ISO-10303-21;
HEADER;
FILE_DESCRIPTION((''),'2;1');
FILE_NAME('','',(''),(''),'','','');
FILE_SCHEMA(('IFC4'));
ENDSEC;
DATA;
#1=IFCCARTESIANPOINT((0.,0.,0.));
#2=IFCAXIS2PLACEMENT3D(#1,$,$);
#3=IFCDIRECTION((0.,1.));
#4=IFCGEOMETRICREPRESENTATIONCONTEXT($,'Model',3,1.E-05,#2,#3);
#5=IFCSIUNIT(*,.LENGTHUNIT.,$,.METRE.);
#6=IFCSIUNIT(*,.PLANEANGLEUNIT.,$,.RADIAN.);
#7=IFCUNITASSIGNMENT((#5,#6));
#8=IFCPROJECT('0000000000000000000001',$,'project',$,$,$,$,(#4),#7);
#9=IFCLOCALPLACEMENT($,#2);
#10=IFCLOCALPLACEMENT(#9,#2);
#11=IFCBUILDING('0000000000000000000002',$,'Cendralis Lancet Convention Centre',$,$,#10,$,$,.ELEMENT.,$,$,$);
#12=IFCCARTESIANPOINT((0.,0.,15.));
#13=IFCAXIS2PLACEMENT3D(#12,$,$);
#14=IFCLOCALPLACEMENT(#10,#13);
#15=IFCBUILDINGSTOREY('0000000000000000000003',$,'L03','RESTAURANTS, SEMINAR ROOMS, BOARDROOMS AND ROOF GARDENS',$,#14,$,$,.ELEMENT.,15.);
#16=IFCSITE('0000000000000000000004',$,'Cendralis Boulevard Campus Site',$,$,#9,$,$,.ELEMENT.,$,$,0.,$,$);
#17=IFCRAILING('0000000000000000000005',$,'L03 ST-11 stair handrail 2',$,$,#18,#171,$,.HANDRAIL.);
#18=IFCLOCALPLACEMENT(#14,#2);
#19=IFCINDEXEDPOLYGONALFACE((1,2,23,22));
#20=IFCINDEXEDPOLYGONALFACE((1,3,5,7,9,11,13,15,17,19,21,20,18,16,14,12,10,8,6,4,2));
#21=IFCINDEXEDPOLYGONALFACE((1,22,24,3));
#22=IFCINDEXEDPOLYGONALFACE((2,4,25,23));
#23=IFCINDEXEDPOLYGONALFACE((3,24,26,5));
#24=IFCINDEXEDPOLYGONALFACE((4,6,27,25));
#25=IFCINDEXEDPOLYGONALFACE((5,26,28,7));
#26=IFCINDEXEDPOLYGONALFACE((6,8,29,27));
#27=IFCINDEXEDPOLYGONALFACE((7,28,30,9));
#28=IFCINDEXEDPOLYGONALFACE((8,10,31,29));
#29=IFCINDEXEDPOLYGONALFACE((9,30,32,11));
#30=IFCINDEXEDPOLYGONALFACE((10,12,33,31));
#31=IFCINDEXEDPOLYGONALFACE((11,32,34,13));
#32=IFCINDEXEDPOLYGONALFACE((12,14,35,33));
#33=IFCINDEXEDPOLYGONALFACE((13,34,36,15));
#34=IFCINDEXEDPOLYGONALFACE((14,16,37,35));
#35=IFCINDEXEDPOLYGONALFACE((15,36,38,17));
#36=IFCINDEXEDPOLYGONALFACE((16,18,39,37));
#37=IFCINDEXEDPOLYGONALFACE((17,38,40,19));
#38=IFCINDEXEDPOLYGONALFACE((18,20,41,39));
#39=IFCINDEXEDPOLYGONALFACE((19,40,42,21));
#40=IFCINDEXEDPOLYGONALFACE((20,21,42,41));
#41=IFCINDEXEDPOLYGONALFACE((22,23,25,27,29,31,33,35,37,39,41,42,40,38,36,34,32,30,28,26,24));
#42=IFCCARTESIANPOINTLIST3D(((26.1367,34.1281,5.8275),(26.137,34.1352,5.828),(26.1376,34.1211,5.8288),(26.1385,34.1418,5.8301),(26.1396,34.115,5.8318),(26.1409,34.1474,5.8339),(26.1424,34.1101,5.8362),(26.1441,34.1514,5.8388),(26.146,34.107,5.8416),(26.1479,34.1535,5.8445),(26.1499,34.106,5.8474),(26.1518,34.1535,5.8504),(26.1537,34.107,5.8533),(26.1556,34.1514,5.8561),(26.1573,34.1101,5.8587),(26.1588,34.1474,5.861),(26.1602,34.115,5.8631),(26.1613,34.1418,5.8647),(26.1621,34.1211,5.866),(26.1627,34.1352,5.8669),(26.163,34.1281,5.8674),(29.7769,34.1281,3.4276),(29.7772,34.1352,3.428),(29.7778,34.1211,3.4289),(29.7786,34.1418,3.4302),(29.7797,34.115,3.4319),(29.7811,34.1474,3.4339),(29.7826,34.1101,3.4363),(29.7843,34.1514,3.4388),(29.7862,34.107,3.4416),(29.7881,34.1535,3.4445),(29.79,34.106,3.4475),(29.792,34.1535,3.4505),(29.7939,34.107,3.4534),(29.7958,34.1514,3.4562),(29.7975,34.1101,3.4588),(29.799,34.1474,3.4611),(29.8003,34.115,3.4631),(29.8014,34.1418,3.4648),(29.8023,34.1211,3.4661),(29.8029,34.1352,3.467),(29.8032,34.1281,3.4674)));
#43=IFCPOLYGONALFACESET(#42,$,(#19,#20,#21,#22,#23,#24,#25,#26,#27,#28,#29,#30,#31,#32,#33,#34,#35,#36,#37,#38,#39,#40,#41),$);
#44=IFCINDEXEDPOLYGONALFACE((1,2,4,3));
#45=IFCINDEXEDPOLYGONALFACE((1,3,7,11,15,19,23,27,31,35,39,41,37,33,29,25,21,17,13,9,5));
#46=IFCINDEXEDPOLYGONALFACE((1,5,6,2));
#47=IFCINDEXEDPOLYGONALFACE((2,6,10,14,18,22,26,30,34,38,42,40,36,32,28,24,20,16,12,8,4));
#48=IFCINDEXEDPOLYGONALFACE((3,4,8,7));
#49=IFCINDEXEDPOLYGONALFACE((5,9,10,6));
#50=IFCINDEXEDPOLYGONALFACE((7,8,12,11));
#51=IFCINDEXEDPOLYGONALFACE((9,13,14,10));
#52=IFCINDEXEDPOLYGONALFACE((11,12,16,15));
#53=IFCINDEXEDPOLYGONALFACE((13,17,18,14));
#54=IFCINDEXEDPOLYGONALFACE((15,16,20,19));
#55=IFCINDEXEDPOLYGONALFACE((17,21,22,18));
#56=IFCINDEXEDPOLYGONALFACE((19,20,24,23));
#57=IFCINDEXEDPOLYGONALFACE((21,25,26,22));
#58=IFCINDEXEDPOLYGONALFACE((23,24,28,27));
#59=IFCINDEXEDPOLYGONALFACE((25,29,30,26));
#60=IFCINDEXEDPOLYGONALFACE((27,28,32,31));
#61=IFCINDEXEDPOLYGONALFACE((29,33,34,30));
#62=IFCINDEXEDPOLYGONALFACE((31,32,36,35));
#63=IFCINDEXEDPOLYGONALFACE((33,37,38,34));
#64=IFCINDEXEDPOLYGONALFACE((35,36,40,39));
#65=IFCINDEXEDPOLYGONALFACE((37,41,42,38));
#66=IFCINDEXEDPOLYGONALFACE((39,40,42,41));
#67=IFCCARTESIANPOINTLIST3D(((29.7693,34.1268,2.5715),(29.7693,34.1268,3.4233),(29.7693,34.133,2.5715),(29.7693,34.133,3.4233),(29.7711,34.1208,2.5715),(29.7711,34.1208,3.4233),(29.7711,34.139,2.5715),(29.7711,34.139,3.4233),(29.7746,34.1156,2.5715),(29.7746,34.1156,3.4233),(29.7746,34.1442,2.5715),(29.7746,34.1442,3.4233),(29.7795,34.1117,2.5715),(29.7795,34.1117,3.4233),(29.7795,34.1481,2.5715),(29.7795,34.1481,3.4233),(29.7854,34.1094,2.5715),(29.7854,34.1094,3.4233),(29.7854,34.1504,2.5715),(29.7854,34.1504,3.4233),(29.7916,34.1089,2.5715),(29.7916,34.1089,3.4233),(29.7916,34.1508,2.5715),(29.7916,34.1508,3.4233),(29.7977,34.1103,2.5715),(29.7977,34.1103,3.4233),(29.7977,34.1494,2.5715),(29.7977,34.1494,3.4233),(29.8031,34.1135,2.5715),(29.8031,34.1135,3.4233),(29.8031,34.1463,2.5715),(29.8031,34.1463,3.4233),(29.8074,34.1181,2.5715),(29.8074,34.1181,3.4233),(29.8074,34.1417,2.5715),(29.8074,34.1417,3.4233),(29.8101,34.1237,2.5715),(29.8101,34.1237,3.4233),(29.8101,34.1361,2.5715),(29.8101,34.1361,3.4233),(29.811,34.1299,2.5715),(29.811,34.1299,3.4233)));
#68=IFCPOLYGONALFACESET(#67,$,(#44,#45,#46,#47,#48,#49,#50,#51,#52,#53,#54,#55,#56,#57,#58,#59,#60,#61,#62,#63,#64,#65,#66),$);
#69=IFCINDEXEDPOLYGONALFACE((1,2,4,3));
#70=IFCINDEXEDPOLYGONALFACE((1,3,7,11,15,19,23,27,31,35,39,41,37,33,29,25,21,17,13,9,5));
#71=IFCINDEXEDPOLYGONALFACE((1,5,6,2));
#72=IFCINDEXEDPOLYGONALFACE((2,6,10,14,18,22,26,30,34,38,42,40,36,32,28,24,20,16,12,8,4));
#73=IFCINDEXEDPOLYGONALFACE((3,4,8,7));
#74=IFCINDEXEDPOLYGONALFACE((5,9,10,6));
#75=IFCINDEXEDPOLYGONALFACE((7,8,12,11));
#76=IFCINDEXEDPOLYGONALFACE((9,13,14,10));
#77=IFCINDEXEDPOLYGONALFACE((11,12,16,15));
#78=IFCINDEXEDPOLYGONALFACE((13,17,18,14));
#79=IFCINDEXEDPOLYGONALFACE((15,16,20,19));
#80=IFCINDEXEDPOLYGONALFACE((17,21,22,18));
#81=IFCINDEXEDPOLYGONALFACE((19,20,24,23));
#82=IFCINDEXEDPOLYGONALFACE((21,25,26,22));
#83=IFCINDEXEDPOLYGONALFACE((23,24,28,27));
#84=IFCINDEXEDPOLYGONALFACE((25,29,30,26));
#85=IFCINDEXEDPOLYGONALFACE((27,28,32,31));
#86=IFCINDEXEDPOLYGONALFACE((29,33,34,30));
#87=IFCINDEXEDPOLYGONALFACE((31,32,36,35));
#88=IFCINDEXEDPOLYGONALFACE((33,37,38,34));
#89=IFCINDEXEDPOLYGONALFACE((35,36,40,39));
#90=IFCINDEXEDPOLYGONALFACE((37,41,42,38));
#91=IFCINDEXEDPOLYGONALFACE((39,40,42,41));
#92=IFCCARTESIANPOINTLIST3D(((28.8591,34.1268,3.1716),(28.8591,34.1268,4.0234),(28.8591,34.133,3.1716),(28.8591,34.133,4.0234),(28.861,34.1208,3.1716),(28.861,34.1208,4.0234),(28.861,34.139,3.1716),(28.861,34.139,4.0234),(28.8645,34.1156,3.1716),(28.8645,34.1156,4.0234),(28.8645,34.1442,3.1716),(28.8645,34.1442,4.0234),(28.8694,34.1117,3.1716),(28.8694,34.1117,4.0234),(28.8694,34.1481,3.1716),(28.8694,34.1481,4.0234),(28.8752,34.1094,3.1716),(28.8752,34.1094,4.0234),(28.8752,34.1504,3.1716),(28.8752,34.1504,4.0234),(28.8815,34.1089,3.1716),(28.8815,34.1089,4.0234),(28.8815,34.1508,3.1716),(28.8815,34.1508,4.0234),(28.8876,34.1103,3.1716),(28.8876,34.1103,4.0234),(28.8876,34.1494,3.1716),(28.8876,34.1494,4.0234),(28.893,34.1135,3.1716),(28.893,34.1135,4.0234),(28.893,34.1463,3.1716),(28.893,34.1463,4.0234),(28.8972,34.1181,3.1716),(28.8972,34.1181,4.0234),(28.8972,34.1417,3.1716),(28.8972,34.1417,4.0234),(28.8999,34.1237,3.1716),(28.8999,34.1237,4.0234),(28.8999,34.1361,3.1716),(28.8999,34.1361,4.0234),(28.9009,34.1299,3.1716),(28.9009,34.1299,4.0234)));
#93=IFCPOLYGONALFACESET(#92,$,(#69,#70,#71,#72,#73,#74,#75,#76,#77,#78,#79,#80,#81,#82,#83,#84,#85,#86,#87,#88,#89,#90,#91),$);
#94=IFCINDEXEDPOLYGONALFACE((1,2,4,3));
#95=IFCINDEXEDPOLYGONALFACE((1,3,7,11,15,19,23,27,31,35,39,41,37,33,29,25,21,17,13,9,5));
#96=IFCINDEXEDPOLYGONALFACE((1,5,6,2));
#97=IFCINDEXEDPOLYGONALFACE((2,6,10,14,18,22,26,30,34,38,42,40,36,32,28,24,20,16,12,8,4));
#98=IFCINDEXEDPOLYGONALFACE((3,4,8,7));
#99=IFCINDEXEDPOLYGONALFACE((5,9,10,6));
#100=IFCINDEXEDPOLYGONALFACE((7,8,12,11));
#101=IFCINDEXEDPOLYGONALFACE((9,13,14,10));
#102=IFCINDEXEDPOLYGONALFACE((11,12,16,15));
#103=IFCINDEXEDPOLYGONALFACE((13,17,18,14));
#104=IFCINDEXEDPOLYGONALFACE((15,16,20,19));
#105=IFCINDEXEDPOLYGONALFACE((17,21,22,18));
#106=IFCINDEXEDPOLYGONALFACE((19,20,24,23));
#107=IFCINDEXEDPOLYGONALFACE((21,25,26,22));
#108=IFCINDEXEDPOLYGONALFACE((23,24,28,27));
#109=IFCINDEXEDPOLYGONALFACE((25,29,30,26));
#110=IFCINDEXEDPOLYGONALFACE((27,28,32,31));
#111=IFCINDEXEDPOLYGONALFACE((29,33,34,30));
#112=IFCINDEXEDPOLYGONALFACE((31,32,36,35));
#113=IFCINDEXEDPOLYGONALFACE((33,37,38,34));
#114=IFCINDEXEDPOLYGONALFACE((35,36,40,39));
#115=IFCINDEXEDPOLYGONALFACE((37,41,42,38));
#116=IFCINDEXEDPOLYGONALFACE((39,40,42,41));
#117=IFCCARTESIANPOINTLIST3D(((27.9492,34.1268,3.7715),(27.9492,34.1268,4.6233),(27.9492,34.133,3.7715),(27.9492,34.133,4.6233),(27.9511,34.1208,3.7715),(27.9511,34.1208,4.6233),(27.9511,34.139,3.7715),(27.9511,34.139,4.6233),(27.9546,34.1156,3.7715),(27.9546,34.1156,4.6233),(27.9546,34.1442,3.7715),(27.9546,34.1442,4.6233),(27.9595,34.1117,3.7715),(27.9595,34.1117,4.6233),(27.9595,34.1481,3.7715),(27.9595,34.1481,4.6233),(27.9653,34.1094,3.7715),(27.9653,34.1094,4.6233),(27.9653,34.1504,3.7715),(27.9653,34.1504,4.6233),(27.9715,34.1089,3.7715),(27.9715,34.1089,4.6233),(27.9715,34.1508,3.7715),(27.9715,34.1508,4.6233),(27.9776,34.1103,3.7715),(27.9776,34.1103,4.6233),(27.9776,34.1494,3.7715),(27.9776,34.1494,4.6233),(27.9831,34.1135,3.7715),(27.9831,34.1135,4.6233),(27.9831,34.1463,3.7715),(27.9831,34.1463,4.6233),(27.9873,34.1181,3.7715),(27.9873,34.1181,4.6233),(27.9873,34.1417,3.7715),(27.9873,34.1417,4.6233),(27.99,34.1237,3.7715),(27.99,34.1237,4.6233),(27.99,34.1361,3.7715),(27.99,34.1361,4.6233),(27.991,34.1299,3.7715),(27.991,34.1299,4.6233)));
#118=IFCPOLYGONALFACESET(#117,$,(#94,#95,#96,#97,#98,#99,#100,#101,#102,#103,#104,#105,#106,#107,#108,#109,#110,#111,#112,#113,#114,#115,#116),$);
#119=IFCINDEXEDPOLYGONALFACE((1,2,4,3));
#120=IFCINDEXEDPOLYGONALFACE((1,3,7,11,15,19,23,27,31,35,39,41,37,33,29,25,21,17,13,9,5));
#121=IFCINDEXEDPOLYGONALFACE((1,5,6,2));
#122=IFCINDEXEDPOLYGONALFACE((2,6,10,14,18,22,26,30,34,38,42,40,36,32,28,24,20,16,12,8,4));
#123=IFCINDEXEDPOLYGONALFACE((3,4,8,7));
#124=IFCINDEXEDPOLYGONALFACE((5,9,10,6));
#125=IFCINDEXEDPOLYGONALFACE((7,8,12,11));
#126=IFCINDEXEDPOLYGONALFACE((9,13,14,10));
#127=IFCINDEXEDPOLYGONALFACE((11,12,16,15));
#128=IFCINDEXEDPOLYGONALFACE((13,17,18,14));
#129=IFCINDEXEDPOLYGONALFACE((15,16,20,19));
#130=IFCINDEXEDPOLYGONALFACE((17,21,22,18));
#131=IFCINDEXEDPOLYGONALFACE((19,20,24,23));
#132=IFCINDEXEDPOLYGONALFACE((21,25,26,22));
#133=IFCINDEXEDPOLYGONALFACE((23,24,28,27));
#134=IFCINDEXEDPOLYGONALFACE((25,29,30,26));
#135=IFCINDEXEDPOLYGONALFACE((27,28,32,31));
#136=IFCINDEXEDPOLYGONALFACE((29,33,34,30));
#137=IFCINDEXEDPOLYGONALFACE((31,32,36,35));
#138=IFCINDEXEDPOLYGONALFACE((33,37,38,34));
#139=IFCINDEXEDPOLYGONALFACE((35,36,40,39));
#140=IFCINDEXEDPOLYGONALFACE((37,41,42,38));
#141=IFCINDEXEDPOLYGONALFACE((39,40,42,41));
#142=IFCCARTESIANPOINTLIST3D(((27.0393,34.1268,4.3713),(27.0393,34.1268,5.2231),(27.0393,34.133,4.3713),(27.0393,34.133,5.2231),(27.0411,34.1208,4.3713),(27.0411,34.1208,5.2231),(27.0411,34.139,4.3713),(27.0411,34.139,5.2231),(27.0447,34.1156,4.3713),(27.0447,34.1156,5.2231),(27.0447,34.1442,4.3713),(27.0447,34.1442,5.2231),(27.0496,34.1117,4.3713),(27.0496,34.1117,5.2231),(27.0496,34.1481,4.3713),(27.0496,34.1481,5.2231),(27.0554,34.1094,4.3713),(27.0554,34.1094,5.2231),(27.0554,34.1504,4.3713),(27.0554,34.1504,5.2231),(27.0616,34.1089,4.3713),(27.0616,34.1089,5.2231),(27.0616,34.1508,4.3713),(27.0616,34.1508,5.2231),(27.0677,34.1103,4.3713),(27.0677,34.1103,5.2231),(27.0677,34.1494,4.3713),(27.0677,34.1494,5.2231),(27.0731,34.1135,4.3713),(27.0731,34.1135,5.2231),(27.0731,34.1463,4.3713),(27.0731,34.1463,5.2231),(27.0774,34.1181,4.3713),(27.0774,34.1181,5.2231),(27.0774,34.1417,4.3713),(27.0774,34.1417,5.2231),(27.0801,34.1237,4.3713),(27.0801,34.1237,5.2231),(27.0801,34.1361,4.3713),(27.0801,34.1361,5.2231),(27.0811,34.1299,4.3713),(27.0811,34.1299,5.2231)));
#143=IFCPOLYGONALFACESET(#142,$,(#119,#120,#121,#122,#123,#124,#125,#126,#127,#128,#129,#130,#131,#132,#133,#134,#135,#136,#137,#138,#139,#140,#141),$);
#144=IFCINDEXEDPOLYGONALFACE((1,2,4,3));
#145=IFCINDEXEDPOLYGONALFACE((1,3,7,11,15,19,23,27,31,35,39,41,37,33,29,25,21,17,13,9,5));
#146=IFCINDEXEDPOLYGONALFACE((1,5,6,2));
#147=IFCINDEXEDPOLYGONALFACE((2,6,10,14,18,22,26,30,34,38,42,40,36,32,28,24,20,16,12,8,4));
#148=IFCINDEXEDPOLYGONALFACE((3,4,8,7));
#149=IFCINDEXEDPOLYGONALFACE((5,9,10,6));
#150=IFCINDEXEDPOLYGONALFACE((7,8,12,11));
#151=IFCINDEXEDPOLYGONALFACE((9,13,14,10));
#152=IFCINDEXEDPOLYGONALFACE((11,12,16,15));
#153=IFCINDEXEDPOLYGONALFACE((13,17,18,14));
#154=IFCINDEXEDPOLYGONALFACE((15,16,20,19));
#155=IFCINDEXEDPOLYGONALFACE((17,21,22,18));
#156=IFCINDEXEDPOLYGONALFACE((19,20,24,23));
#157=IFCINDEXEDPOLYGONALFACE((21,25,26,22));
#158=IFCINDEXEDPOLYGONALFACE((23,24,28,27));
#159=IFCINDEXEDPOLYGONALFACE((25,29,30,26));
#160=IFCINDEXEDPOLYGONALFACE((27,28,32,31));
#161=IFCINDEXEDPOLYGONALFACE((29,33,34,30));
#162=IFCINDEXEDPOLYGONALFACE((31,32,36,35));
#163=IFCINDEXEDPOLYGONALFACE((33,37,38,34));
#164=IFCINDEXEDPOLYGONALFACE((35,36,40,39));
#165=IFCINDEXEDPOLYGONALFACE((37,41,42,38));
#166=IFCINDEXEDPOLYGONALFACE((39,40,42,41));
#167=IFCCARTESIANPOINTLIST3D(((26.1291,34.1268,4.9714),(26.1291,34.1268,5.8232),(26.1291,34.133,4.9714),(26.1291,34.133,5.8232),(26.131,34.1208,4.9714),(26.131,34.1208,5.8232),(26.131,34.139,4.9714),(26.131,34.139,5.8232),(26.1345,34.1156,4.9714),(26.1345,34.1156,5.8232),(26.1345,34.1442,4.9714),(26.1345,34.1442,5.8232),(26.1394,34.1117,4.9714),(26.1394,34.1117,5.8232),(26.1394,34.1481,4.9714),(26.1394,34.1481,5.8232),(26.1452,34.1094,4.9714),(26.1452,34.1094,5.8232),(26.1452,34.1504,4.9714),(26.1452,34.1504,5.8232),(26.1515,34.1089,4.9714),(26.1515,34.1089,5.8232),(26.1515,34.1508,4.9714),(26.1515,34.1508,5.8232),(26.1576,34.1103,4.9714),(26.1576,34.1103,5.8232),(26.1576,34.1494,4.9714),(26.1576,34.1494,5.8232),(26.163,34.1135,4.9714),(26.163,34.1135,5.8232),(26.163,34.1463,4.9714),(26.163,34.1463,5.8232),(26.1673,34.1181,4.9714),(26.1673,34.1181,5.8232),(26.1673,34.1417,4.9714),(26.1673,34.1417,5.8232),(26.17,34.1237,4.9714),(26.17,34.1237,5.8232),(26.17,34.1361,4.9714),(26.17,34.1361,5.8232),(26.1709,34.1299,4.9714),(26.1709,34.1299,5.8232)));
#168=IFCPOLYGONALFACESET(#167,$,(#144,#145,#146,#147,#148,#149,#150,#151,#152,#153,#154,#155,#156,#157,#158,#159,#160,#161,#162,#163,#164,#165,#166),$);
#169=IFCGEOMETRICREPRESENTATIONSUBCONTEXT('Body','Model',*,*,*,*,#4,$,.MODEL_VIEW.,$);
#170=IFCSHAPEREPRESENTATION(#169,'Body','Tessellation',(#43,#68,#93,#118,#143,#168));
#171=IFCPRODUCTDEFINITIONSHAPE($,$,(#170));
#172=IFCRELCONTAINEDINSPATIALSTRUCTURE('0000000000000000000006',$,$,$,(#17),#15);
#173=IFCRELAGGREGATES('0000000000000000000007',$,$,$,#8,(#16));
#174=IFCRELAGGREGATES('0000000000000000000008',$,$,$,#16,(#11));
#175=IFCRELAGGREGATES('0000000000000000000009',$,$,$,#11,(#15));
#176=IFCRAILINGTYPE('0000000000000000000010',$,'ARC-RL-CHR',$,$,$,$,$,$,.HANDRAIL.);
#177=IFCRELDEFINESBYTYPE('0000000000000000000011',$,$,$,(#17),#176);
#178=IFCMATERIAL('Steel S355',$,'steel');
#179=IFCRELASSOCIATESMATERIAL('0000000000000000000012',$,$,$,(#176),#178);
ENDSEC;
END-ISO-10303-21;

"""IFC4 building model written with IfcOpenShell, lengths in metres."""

from ifc_helpers import new_model, si_unit, direction, frame, origin, origin_2d, place, context, subcontext, project, spatial, circle, extrude, material, type_object, element, save


model = new_model("IFC4")

# Units and contexts
model_context = context("Model", 3, precision=1e-05, world=origin(), true_north=direction((0.0, 1.0)))
body_context = subcontext(model_context, "Body", "Model", "MODEL_VIEW")
ifc_project = project(units=[si_unit("LENGTHUNIT", "METRE"), si_unit("PLANEANGLEUNIT", "RADIAN")], contexts=[model_context])

# Site, building, storey
site_placement = place(None, origin())
site = spatial("IfcSite", under=ifc_project, at=site_placement, Name="Cendralis Boulevard Campus Site", CompositionType="ELEMENT", RefElevation=0.0)
building_placement = place(site_placement, origin())
building = spatial("IfcBuilding", under=site, at=building_placement, Name="Cendralis Lancet Convention Centre", CompositionType="ELEMENT")
storey_placement = place(building_placement, frame((0.0, 0.0, 15.0)))
storey = spatial("IfcBuildingStorey", under=building, at=storey_placement, Name="L03", Description="RESTAURANTS, SEMINAR ROOMS, BOARDROOMS AND ROOF GARDENS", CompositionType="ELEMENT", Elevation=15.0)

# Railing
ifc_material_1 = material(Name="Steel S355", Category="steel")
railing_type_1 = type_object("IfcRailingType", Name="ARC-RL-CHR", PredefinedType="HANDRAIL", material=ifc_material_1)
railing_1_placement = place(storey_placement, frame((29.79, 34.1299, 2.5715)))
element("IfcRailing", 1, at=railing_1_placement, inside=storey, type_object=railing_type_1, Name="L03 ST-11 stair handrail 2", PredefinedType="HANDRAIL", context=body_context, shape_type="SweptSolid", body=[
    extrude(circle(Radius=0.0239, at=origin_2d()), frame((0.0, 0.0, 0.876), z_axis=(-0.834882, 0.0, 0.550429), x_axis=(0.0, -1.0, 0.0)), (0.0, 0.0, 1.0), 4.3601),
    extrude(circle(Radius=0.021, at=origin_2d()), origin(), (0.0, 0.0, 1.0), 0.8518),
    extrude(circle(Radius=0.021, at=origin_2d()), frame((-0.9102, 0.0, 0.6001)), (0.0, 0.0, 1.0), 0.8518),
    extrude(circle(Radius=0.021, at=origin_2d()), frame((-1.8201, 0.0, 1.2)), (0.0, 0.0, 1.0), 0.8518),
    extrude(circle(Radius=0.021, at=origin_2d()), frame((-2.73, 0.0, 1.7998)), (0.0, 0.0, 1.0), 0.8518),
    extrude(circle(Radius=0.021, at=origin_2d()), frame((-3.6401, 0.0, 2.3999)), (0.0, 0.0, 1.0), 0.8518),
])

save(model, "model.ifc")
